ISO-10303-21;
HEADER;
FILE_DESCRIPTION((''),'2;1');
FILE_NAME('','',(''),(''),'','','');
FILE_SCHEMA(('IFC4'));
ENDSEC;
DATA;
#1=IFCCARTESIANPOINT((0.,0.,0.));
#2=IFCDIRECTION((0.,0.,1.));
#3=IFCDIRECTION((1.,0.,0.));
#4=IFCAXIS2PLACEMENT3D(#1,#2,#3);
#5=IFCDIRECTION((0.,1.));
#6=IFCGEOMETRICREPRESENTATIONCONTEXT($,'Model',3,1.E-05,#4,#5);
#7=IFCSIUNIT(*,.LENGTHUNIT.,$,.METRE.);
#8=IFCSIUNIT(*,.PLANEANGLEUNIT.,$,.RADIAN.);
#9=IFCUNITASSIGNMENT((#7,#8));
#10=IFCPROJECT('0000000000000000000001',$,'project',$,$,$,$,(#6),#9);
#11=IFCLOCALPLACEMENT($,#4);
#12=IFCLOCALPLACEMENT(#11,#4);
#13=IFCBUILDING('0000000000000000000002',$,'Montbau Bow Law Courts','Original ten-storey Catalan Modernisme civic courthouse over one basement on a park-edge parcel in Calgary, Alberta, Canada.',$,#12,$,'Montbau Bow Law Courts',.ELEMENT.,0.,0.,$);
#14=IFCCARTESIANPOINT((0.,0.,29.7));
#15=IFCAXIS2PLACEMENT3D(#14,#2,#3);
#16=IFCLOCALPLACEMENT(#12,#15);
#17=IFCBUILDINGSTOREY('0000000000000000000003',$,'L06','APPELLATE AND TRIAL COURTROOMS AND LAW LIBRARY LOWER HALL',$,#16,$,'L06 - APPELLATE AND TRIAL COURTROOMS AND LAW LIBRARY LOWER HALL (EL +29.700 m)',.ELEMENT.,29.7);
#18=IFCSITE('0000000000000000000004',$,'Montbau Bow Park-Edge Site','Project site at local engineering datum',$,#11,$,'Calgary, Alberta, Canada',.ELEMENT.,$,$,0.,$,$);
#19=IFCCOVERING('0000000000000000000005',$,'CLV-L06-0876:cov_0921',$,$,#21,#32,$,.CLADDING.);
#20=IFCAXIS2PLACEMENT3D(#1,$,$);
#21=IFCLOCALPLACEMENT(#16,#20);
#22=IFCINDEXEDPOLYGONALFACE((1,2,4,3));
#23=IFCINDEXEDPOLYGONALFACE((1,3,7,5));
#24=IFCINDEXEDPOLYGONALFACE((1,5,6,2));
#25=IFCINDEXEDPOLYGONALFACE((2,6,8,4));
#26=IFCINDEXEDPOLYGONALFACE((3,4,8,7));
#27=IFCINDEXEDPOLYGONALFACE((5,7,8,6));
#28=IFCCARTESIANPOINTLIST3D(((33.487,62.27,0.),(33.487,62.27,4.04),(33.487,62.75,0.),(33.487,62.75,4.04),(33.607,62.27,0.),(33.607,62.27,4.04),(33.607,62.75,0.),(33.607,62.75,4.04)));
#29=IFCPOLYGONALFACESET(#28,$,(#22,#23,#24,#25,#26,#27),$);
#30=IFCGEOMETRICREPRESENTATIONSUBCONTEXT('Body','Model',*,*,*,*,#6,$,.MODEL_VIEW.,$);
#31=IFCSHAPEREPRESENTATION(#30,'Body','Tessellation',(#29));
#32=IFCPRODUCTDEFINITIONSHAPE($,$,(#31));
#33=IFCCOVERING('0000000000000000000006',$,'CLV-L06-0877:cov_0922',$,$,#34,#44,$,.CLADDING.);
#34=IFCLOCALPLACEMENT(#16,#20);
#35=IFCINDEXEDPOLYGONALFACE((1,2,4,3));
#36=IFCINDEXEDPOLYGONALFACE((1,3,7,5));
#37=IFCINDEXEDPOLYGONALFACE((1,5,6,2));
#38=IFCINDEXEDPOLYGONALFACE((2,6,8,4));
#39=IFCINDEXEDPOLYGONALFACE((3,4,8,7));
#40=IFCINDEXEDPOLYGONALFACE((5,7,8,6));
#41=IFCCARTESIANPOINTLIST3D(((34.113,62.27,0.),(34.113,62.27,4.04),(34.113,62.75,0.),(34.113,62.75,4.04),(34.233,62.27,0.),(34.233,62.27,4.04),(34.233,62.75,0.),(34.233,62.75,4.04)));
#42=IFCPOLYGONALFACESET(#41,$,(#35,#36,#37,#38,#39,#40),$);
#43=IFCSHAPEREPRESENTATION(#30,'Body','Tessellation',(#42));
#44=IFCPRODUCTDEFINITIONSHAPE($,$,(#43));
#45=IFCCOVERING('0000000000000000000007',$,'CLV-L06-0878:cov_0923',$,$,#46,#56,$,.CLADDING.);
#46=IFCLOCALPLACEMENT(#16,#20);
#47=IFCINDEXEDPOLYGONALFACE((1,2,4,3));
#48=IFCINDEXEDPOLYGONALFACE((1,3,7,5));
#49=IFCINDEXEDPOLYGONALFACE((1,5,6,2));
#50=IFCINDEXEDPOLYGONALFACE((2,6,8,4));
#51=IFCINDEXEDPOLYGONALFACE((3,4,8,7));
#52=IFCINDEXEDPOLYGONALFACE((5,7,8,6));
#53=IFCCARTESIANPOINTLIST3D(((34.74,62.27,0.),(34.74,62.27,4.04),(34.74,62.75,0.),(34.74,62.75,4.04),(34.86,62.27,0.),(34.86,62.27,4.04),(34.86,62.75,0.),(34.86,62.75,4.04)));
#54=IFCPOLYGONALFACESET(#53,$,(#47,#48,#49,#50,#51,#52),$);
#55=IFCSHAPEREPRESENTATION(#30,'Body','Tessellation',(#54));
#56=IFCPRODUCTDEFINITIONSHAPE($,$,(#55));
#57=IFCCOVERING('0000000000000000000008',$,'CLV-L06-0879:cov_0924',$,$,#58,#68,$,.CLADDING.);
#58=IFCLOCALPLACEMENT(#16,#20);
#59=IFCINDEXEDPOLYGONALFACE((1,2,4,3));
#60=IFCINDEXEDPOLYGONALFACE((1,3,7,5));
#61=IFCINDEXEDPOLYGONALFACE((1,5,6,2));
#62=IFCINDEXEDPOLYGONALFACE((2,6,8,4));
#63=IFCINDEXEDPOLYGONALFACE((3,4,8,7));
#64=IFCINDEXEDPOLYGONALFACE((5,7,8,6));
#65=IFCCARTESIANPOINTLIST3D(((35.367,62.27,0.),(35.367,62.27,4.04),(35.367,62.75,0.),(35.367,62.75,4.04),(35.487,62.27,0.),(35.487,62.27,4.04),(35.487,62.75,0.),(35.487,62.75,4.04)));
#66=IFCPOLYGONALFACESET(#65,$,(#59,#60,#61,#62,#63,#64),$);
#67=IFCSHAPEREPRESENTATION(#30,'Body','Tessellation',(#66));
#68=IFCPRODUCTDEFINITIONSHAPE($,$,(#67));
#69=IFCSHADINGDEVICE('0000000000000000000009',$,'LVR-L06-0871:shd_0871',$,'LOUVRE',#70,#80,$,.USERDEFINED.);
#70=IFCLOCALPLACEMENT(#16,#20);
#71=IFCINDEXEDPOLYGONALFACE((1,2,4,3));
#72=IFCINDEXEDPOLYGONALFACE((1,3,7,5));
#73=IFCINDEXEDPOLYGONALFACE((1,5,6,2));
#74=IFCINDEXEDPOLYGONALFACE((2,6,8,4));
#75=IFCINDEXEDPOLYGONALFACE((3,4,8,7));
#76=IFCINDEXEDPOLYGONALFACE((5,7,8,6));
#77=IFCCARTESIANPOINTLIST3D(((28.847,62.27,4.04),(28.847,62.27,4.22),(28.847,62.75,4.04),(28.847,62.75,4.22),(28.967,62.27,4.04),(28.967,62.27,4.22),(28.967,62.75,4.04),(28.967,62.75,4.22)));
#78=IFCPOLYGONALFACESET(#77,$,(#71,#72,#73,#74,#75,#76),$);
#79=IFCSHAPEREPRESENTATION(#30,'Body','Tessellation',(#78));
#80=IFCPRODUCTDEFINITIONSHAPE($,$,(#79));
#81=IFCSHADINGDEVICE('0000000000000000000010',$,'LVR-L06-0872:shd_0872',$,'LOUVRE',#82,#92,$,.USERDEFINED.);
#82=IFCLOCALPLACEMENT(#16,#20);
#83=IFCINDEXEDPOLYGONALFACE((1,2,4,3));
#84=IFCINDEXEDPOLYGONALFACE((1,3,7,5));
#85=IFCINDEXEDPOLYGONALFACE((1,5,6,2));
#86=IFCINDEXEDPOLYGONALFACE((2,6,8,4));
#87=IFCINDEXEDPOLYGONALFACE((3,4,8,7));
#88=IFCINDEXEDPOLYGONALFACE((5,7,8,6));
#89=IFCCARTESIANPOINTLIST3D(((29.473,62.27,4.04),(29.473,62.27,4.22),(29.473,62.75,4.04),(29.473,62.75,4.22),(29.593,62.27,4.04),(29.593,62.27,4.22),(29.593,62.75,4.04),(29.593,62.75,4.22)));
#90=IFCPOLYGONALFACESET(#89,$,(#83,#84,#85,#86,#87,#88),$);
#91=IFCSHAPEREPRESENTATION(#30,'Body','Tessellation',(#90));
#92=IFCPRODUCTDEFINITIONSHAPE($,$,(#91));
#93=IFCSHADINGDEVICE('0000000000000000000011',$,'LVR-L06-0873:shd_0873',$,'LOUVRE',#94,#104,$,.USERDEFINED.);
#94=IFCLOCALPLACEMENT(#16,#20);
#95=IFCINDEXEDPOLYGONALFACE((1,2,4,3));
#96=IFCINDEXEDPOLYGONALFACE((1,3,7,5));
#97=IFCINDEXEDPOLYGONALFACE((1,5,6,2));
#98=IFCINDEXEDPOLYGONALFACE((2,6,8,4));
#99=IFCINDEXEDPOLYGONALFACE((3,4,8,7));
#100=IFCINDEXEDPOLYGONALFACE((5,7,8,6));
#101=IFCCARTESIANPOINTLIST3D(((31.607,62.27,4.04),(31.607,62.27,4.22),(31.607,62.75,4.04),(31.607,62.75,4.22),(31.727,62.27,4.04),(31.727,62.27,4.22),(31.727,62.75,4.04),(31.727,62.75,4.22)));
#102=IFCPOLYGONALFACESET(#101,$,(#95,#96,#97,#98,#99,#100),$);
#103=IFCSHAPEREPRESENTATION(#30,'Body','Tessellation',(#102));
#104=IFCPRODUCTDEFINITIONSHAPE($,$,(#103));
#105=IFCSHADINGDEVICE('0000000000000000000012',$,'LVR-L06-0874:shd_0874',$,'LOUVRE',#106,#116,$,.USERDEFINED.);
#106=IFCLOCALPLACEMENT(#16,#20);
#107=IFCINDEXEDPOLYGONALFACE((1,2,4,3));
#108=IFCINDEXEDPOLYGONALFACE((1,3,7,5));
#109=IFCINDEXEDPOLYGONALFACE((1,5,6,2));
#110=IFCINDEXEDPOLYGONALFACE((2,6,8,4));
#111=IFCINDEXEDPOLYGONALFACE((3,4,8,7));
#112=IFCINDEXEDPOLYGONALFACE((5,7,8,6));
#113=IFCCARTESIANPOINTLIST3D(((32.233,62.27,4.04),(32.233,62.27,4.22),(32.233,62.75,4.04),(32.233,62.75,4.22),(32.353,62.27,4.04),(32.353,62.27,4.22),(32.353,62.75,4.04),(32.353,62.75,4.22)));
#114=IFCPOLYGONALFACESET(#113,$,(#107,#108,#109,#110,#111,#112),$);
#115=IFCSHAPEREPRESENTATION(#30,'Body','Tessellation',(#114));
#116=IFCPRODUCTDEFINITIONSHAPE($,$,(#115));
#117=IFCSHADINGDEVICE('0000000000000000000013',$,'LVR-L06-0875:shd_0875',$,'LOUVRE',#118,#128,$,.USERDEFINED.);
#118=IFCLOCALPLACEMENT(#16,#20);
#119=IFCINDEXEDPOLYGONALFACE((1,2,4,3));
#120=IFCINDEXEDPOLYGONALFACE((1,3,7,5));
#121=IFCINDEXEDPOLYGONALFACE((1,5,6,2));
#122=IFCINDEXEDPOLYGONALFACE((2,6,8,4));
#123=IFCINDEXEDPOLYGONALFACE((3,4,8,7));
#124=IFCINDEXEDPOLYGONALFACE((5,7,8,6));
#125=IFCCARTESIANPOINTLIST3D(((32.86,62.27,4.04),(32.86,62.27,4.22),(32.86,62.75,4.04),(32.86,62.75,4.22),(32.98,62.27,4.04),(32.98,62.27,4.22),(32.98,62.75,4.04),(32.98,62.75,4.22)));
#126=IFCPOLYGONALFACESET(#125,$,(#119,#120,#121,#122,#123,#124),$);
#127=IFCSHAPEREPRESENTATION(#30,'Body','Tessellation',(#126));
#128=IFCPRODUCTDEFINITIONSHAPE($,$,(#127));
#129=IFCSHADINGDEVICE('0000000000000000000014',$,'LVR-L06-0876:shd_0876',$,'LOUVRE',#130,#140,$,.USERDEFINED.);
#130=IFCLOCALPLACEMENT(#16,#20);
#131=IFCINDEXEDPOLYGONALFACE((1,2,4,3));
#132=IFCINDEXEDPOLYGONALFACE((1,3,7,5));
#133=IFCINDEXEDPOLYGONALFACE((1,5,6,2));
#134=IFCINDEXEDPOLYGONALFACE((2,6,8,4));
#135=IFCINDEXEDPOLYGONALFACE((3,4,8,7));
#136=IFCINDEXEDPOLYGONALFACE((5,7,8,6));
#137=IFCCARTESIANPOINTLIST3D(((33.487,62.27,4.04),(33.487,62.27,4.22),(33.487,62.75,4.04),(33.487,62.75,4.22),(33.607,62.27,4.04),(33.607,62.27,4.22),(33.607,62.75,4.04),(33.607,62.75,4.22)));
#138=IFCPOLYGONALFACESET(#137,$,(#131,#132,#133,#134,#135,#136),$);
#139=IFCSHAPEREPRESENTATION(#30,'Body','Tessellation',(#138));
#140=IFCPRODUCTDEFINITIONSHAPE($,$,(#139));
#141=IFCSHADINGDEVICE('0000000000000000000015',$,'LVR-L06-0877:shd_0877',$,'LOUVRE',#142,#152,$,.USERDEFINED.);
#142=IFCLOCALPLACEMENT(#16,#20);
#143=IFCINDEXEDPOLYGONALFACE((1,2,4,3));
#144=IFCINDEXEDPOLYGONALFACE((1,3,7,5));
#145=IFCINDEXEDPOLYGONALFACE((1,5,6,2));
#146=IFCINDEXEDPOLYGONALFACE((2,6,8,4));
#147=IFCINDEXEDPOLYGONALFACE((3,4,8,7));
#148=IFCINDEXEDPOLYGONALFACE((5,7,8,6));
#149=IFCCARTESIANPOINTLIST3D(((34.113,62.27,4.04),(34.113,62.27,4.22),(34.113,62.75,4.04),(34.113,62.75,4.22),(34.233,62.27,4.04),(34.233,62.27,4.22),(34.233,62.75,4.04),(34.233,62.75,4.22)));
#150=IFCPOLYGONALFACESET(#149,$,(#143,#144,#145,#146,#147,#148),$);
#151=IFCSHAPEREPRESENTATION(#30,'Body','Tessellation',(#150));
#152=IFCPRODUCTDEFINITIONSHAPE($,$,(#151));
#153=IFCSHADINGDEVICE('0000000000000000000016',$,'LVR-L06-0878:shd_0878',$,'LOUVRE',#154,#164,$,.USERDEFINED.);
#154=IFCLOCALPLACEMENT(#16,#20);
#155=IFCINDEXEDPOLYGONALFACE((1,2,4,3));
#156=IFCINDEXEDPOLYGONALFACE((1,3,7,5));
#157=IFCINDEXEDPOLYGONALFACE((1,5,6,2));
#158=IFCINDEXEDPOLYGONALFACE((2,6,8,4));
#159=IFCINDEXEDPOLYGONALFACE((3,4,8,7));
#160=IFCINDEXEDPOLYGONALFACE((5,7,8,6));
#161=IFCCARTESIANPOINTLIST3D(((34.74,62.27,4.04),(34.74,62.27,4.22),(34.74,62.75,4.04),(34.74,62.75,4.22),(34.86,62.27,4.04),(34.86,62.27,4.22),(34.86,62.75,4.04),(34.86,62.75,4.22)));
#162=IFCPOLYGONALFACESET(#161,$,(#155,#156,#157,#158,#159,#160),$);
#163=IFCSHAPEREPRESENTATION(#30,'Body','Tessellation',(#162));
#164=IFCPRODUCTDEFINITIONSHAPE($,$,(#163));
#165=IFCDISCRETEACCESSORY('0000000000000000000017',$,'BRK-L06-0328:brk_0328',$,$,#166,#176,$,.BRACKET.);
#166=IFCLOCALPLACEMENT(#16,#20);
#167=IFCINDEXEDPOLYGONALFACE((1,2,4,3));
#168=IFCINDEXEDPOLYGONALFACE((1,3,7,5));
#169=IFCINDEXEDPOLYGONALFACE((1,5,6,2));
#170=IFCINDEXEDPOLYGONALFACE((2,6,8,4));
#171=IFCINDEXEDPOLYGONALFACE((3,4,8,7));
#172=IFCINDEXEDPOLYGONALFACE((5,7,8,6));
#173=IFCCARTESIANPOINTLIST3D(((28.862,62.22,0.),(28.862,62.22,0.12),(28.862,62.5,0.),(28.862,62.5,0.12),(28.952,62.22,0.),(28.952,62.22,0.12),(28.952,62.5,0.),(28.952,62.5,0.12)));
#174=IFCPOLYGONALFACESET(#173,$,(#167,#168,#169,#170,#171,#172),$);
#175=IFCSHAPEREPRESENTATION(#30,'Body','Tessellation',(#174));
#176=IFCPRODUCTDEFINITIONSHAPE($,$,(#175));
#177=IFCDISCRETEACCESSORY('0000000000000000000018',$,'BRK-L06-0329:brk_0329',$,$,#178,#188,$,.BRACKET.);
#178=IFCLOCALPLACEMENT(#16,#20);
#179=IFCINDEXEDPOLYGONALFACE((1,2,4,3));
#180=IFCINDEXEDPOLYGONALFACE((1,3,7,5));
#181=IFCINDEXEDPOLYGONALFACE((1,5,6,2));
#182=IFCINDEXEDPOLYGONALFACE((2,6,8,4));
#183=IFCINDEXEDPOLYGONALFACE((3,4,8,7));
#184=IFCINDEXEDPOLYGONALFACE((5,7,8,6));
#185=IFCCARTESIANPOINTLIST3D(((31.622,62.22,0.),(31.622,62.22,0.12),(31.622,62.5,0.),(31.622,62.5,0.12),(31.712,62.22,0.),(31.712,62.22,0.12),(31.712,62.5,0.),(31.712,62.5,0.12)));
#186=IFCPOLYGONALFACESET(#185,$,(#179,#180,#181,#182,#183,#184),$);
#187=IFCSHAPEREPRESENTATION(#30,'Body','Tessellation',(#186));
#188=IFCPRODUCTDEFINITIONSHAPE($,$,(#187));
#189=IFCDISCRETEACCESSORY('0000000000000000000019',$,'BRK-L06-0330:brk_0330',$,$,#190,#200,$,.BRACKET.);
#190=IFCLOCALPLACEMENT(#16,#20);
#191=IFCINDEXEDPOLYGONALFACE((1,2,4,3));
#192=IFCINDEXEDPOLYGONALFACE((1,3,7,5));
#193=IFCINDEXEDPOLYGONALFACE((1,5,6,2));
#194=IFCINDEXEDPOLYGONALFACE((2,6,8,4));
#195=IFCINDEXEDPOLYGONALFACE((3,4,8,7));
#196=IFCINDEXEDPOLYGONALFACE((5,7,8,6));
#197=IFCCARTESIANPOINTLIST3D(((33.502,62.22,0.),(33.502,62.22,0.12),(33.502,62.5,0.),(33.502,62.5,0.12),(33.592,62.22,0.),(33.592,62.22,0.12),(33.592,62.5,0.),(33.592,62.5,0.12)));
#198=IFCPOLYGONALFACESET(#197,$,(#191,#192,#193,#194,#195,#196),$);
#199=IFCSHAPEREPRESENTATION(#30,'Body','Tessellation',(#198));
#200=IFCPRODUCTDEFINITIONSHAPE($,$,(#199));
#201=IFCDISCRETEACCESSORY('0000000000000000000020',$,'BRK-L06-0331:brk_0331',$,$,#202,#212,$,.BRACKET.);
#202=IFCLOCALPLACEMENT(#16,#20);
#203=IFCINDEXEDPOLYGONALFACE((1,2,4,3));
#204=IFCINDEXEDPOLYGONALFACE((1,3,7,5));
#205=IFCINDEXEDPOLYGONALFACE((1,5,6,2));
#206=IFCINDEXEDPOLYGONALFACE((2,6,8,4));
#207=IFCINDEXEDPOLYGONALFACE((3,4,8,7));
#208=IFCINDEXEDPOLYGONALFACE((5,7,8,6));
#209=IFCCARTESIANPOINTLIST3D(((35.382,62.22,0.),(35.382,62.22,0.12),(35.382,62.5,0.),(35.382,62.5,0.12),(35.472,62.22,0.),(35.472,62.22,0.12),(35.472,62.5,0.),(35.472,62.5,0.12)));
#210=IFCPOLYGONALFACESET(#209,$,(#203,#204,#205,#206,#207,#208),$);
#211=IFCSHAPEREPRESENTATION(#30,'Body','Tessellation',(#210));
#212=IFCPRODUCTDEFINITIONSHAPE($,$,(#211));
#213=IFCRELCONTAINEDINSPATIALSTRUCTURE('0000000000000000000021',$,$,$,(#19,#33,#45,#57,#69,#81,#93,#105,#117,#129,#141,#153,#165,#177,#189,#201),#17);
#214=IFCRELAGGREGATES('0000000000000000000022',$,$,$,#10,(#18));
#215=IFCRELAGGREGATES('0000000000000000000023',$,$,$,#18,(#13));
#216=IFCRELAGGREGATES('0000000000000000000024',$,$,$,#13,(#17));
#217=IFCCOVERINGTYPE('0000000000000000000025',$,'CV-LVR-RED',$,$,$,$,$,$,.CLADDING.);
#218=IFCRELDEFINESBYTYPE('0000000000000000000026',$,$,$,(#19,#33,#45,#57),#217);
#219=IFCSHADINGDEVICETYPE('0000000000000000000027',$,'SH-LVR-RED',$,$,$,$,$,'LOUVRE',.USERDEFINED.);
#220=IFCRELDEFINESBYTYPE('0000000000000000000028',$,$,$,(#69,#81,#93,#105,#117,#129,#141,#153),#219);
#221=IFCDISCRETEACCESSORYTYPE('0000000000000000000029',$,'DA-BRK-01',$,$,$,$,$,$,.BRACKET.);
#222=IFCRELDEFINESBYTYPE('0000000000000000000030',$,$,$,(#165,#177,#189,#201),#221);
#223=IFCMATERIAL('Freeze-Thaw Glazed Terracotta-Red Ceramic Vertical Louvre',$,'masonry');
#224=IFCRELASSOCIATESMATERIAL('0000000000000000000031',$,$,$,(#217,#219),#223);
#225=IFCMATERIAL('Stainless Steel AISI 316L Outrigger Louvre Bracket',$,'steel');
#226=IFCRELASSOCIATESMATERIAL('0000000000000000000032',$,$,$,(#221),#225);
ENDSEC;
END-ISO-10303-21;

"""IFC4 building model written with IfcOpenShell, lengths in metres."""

from ifc_helpers import new_model, si_unit, direction, frame, frame_2d, origin_with_axes, origin_2d_with_axis, place, context, subcontext, project, spatial, rectangle, extrude, material, type_object, element, save


model = new_model("IFC4")

# Units and contexts
model_context = context("Model", 3, precision=1e-05, world=origin_with_axes(), true_north=direction((0.0, 1.0)))
body_context = subcontext(model_context, "Body", "Model", "MODEL_VIEW")
ifc_project = project(units=[si_unit("LENGTHUNIT", "METRE"), si_unit("PLANEANGLEUNIT", "RADIAN")], contexts=[model_context])

# Site, building, storey
site_placement = place(None, origin_with_axes())
site = spatial("IfcSite", under=ifc_project, at=site_placement, Name="Montbau Bow Park-Edge Site", Description="Project site at local engineering datum", LongName="Calgary, Alberta, Canada", CompositionType="ELEMENT", RefElevation=0.0)
building_placement = place(site_placement, origin_with_axes())
building = spatial("IfcBuilding", under=site, at=building_placement, Name="Montbau Bow Law Courts", Description="Original ten-storey Catalan Modernisme civic courthouse over one basement on a park-edge parcel in Calgary, Alberta, Canada.", LongName="Montbau Bow Law Courts", CompositionType="ELEMENT", ElevationOfRefHeight=0.0, ElevationOfTerrain=0.0)
storey_placement = place(building_placement, frame((0.0, 0.0, 29.7), z_axis=(0.0, 0.0, 1.0), x_axis=(1.0, 0.0, 0.0)))
storey = spatial("IfcBuildingStorey", under=building, at=storey_placement, Name="L06", Description="APPELLATE AND TRIAL COURTROOMS AND LAW LIBRARY LOWER HALL", LongName="L06 - APPELLATE AND TRIAL COURTROOMS AND LAW LIBRARY LOWER HALL (EL +29.700 m)", CompositionType="ELEMENT", Elevation=29.7)

# Coverings
ifc_material_1 = material(Name="Freeze-Thaw Glazed Terracotta-Red Ceramic Vertical Louvre", Category="masonry")
covering_type = type_object("IfcCoveringType", Name="CV-LVR-RED", PredefinedType="CLADDING", material=ifc_material_1)
for number, where, z_axis, x_axis, name in (
    (1, (33.547, 62.27, 29.7), (1.0, 0.0, 0.0), (0.0, 1.0, 0.0), "CLV-L06-0876:cov_0921"),
    (2, (34.173, 62.27, 29.7), (1.0, 0.0, 0.0), (0.0, 1.0, 0.0), "CLV-L06-0877:cov_0922"),
    (3, (34.8, 62.27, 29.7), (1.0, 0.0, 0.0), (0.0, 1.0, 0.0), "CLV-L06-0878:cov_0923"),
    (4, (35.427, 62.27, 29.7), (1.0, 0.0, 0.0), (0.0, 1.0, 0.0), "CLV-L06-0879:cov_0924"),
):
    element("IfcCovering", number, at=place(None, frame(where, z_axis=z_axis, x_axis=x_axis)), inside=storey, type_object=covering_type, Name=name, PredefinedType="CLADDING", context=body_context, shape_type="SweptSolid", body=[
        extrude(rectangle(XDim=0.48, YDim=4.04, at=frame_2d((0.24, 2.02), x_axis=(1.0, 0.0))), frame((0.0, 0.0, -0.06), z_axis=(0.0, 0.0, 1.0), x_axis=(1.0, 0.0, 0.0)), (0.0, 0.0, 1.0), 0.12),
    ])

# Shading devices
shading_device_type = type_object("IfcShadingDeviceType", Name="SH-LVR-RED", ElementType="LOUVRE", PredefinedType="USERDEFINED", material=ifc_material_1)
for number, where, z_axis, x_axis, name in (
    (5, (28.907, 62.51, 33.74), (0.0, 0.0, 1.0), (0.0, 1.0, 0.0), "LVR-L06-0871:shd_0871"),
    (6, (29.533, 62.51, 33.74), (0.0, 0.0, 1.0), (0.0, 1.0, 0.0), "LVR-L06-0872:shd_0872"),
    (7, (31.667, 62.51, 33.74), (0.0, 0.0, 1.0), (0.0, 1.0, 0.0), "LVR-L06-0873:shd_0873"),
    (8, (32.293, 62.51, 33.74), (0.0, 0.0, 1.0), (0.0, 1.0, 0.0), "LVR-L06-0874:shd_0874"),
    (9, (32.92, 62.51, 33.74), (0.0, 0.0, 1.0), (0.0, 1.0, 0.0), "LVR-L06-0875:shd_0875"),
    (10, (33.547, 62.51, 33.74), (0.0, 0.0, 1.0), (0.0, 1.0, 0.0), "LVR-L06-0876:shd_0876"),
    (11, (34.173, 62.51, 33.74), (0.0, 0.0, 1.0), (0.0, 1.0, 0.0), "LVR-L06-0877:shd_0877"),
    (12, (34.8, 62.51, 33.74), (0.0, 0.0, 1.0), (0.0, 1.0, 0.0), "LVR-L06-0878:shd_0878"),
):
    element("IfcShadingDevice", number, at=place(None, frame(where, z_axis=z_axis, x_axis=x_axis)), inside=storey, type_object=shading_device_type, Name=name, ObjectType="LOUVRE", PredefinedType="USERDEFINED", context=body_context, shape_type="SweptSolid", body=[
        extrude(rectangle(XDim=0.48, YDim=0.12, at=origin_2d_with_axis()), origin_with_axes(), (0.0, 0.0, 1.0), 0.18),
    ])

# Discrete accessories
ifc_material_2 = material(Name="Stainless Steel AISI 316L Outrigger Louvre Bracket", Category="steel")
discrete_accessory_type = type_object("IfcDiscreteAccessoryType", Name="DA-BRK-01", PredefinedType="BRACKET", material=ifc_material_2)
for number, where, z_axis, x_axis, name in (
    (13, (28.907, 62.36, 29.7), (0.0, 0.0, 1.0), (0.0, 1.0, 0.0), "BRK-L06-0328:brk_0328"),
    (14, (31.667, 62.36, 29.7), (0.0, 0.0, 1.0), (0.0, 1.0, 0.0), "BRK-L06-0329:brk_0329"),
    (15, (33.547, 62.36, 29.7), (0.0, 0.0, 1.0), (0.0, 1.0, 0.0), "BRK-L06-0330:brk_0330"),
    (16, (35.427, 62.36, 29.7), (0.0, 0.0, 1.0), (0.0, 1.0, 0.0), "BRK-L06-0331:brk_0331"),
):
    element("IfcDiscreteAccessory", number, at=place(None, frame(where, z_axis=z_axis, x_axis=x_axis)), inside=storey, type_object=discrete_accessory_type, Name=name, PredefinedType="BRACKET", context=body_context, shape_type="SweptSolid", body=[
        extrude(rectangle(XDim=0.28, YDim=0.09, at=origin_2d_with_axis()), origin_with_axes(), (0.0, 0.0, 1.0), 0.12),
    ])

save(model, "model.ifc")
